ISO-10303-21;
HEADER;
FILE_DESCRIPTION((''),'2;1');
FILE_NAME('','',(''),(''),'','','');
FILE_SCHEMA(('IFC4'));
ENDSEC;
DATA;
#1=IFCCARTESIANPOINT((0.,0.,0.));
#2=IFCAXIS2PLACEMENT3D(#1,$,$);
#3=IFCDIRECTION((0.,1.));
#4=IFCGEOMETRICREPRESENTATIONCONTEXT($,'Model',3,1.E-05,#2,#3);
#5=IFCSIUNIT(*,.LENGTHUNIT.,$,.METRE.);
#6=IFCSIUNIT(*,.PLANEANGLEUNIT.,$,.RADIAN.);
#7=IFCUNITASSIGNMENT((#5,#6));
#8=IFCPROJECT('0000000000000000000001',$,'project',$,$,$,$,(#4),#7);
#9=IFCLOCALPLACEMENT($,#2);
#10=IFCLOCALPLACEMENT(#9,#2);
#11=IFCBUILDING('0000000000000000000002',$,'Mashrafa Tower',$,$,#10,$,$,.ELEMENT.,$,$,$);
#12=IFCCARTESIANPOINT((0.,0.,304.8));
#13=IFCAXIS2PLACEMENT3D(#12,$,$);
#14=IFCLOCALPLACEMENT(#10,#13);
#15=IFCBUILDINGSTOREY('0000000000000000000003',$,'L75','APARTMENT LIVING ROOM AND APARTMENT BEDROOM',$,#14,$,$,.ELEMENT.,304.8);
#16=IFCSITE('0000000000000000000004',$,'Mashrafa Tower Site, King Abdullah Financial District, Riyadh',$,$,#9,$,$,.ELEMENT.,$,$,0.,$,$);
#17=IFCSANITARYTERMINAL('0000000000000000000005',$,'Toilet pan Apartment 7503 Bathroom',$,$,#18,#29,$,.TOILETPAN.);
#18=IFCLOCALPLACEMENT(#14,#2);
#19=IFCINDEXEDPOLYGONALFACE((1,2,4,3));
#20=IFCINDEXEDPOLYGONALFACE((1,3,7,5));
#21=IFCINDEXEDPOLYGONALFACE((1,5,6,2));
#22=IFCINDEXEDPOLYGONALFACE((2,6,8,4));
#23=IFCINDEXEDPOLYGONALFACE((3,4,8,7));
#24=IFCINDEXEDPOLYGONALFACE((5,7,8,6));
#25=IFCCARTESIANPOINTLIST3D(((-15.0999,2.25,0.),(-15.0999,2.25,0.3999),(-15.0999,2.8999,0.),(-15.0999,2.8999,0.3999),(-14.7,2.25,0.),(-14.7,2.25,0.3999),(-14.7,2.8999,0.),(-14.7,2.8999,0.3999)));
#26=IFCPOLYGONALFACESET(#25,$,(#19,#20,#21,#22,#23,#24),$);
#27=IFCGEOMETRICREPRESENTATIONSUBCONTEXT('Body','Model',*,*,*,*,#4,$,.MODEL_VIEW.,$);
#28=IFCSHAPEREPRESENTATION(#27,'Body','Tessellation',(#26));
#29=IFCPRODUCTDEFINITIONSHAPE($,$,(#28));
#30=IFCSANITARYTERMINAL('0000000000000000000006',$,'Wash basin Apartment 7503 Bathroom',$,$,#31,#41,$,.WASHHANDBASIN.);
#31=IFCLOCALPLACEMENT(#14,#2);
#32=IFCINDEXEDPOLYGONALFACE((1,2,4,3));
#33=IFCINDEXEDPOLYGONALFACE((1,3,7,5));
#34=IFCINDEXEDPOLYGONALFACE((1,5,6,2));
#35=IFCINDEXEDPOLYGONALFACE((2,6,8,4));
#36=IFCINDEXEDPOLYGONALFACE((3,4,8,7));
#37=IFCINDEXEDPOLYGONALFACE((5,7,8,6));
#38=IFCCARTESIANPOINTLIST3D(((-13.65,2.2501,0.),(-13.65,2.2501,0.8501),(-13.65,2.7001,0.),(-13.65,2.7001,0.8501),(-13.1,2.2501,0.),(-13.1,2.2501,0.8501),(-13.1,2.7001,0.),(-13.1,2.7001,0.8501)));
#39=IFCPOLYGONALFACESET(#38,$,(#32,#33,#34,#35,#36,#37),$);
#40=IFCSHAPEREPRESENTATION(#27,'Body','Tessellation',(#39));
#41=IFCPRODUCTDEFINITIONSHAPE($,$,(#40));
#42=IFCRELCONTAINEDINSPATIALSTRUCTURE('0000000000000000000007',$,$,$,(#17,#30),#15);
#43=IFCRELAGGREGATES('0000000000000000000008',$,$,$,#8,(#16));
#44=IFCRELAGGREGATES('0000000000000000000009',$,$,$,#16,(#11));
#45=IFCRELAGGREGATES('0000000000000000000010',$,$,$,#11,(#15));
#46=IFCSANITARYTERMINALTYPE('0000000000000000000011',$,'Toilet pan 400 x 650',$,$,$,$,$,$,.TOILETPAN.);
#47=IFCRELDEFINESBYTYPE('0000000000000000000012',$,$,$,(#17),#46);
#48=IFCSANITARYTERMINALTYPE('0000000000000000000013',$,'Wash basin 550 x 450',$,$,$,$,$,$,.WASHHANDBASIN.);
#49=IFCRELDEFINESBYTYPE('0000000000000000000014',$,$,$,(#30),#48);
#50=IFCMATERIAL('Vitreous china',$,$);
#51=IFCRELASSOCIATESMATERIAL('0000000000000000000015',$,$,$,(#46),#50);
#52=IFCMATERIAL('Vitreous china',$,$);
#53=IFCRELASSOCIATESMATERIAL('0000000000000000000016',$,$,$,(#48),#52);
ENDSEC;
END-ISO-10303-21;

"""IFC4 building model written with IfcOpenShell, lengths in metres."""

from ifc_helpers import new_model, si_unit, direction, frame, origin, origin_2d, place, context, subcontext, project, spatial, rectangle, extrude, material, type_object, element, save


model = new_model("IFC4")

# Units and contexts
model_context = context("Model", 3, precision=1e-05, world=origin(), true_north=direction((0.0, 1.0)))
body_context = subcontext(model_context, "Body", "Model", "MODEL_VIEW")
ifc_project = project(units=[si_unit("LENGTHUNIT", "METRE"), si_unit("PLANEANGLEUNIT", "RADIAN")], contexts=[model_context])

# Site, building, storey
site_placement = place(None, origin())
site = spatial("IfcSite", under=ifc_project, at=site_placement, Name="Mashrafa Tower Site, King Abdullah Financial District, Riyadh", CompositionType="ELEMENT", RefElevation=0.0)
building_placement = place(site_placement, origin())
building = spatial("IfcBuilding", under=site, at=building_placement, Name="Mashrafa Tower", CompositionType="ELEMENT")
storey_placement = place(building_placement, frame((0.0, 0.0, 304.8)))
storey = spatial("IfcBuildingStorey", under=building, at=storey_placement, Name="L75", Description="APARTMENT LIVING ROOM AND APARTMENT BEDROOM", CompositionType="ELEMENT", Elevation=304.8)

# Sanitary terminals
ifc_material_1 = material(Name="Vitreous china")
sanitary_terminal_type_1 = type_object("IfcSanitaryTerminalType", Name="Toilet pan 400 x 650", PredefinedType="TOILETPAN", material=ifc_material_1)
sanitary_terminal_1_placement = place(storey_placement, frame((-14.8999, 2.575, 0.0), z_axis=(0.0, 0.0, 1.0), x_axis=(1.0, 0.0, 0.0)))
element("IfcSanitaryTerminal", 1, at=sanitary_terminal_1_placement, inside=storey, type_object=sanitary_terminal_type_1, Name="Toilet pan Apartment 7503 Bathroom", PredefinedType="TOILETPAN", context=body_context, shape_type="SweptSolid", body=[
    extrude(rectangle(XDim=0.3999, YDim=0.6499, at=origin_2d()), origin(), (0.0, 0.0, 1.0), 0.3999),
])
ifc_material_2 = material(Name="Vitreous china")
sanitary_terminal_type_2 = type_object("IfcSanitaryTerminalType", Name="Wash basin 550 x 450", PredefinedType="WASHHANDBASIN", material=ifc_material_2)
sanitary_terminal_2_placement = place(storey_placement, frame((-13.375, 2.4751, 0.0), z_axis=(0.0, 0.0, 1.0), x_axis=(1.0, 0.0, 0.0)))
element("IfcSanitaryTerminal", 2, at=sanitary_terminal_2_placement, inside=storey, type_object=sanitary_terminal_type_2, Name="Wash basin Apartment 7503 Bathroom", PredefinedType="WASHHANDBASIN", context=body_context, shape_type="SweptSolid", body=[
    extrude(rectangle(XDim=0.55, YDim=0.45, at=origin_2d()), origin(), (0.0, 0.0, 1.0), 0.8501),
])

save(model, "model.ifc")
